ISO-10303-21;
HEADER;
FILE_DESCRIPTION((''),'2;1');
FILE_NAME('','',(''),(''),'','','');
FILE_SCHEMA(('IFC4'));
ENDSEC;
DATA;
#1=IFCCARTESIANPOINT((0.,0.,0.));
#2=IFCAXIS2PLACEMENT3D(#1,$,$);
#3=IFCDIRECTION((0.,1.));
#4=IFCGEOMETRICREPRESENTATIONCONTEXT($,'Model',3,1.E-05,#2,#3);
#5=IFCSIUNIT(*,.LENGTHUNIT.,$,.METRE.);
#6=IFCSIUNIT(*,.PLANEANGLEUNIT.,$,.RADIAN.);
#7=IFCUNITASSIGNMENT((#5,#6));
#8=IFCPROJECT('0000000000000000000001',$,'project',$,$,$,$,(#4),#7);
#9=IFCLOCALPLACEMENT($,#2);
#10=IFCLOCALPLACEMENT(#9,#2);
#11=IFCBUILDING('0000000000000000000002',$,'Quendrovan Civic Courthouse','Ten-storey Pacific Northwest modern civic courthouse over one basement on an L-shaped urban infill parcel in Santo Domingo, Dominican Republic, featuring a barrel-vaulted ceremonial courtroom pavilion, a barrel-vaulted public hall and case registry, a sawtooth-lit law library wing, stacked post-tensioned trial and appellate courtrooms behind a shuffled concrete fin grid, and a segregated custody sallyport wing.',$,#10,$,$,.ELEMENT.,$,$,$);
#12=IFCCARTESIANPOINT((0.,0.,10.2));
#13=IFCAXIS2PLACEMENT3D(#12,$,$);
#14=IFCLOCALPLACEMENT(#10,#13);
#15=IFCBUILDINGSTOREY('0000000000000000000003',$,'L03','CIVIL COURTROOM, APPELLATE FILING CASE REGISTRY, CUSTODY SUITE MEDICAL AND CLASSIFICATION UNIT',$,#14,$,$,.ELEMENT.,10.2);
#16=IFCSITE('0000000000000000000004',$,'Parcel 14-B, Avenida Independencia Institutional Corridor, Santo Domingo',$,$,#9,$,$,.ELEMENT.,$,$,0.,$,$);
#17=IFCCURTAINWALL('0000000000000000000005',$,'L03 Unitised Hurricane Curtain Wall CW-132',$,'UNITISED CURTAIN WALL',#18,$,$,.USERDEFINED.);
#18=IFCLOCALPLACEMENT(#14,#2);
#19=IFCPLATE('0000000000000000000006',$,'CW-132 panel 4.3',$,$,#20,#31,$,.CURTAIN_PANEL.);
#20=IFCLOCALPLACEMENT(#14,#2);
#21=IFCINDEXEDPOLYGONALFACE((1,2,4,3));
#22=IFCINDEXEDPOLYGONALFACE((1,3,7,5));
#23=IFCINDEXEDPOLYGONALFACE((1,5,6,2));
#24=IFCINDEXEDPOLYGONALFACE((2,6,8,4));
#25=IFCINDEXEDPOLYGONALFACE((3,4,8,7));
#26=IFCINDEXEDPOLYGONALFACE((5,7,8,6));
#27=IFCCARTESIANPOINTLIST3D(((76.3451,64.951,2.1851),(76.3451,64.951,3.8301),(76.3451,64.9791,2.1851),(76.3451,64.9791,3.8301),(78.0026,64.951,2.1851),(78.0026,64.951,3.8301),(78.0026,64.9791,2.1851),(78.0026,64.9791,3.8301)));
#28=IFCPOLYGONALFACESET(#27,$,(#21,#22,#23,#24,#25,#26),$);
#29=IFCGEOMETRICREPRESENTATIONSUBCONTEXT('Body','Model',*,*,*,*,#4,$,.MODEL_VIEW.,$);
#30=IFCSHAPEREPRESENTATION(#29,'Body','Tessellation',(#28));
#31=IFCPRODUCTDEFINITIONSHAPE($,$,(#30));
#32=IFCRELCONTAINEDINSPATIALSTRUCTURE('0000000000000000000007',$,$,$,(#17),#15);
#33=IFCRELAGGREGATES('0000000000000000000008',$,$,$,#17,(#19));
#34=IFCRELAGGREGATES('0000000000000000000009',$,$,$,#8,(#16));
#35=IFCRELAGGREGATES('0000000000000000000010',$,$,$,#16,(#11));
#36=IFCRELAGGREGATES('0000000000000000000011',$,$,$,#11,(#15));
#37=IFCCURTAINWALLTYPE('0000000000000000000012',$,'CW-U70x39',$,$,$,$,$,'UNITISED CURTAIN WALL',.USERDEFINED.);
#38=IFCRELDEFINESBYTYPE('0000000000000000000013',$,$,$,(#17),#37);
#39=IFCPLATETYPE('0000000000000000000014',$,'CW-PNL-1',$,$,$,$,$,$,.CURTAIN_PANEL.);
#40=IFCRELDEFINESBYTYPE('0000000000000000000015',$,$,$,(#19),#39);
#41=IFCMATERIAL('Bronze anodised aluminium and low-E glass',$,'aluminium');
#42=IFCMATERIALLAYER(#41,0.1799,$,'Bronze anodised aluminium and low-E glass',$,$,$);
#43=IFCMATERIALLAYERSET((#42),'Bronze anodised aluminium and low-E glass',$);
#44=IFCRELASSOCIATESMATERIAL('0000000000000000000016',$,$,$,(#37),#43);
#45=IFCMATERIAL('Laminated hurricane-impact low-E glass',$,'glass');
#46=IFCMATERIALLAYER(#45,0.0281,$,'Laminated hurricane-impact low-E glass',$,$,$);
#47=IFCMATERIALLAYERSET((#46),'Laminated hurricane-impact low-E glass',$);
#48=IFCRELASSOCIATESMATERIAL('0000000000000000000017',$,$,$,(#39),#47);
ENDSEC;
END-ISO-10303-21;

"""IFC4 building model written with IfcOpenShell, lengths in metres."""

from ifc_helpers import new_model, si_unit, direction, frame, origin, origin_2d, place, context, subcontext, project, spatial, rectangle, extrude, material, layer, layer_set, type_object, element, aggregate, save


model = new_model("IFC4")

# Units and contexts
model_context = context("Model", 3, precision=1e-05, world=origin(), true_north=direction((0.0, 1.0)))
body_context = subcontext(model_context, "Body", "Model", "MODEL_VIEW")
ifc_project = project(units=[si_unit("LENGTHUNIT", "METRE"), si_unit("PLANEANGLEUNIT", "RADIAN")], contexts=[model_context])

# Site, building, storey
site_placement = place(None, origin())
site = spatial("IfcSite", under=ifc_project, at=site_placement, Name="Parcel 14-B, Avenida Independencia Institutional Corridor, Santo Domingo", CompositionType="ELEMENT", RefElevation=0.0)
building_placement = place(site_placement, origin())
building = spatial("IfcBuilding", under=site, at=building_placement, Name="Quendrovan Civic Courthouse", Description="Ten-storey Pacific Northwest modern civic courthouse over one basement on an L-shaped urban infill parcel in Santo Domingo, Dominican Republic, featuring a barrel-vaulted ceremonial courtroom pavilion, a barrel-vaulted public hall and case registry, a sawtooth-lit law library wing, stacked post-tensioned trial and appellate courtrooms behind a shuffled concrete fin grid, and a segregated custody sallyport wing.", CompositionType="ELEMENT")
storey_placement = place(building_placement, frame((0.0, 0.0, 10.2)))
storey = spatial("IfcBuildingStorey", under=building, at=storey_placement, Name="L03", Description="CIVIL COURTROOM, APPELLATE FILING CASE REGISTRY, CUSTODY SUITE MEDICAL AND CLASSIFICATION UNIT", CompositionType="ELEMENT", Elevation=10.2)

# Curtain wall, plate
ifc_material_1 = material(Name="Bronze anodised aluminium and low-E glass", Category="aluminium")
ifc_layer_1 = layer(ifc_material_1, 0.1799, Name="Bronze anodised aluminium and low-E glass")
ifc_layer_set_1 = layer_set([ifc_layer_1], Name="Bronze anodised aluminium and low-E glass")
curtain_wall_type = type_object("IfcCurtainWallType", Name="CW-U70x39", ElementType="UNITISED CURTAIN WALL", PredefinedType="USERDEFINED", material=ifc_layer_set_1)
curtain_wall_placement = place(storey_placement, origin())
curtain_wall = element("IfcCurtainWall", 1, at=curtain_wall_placement, inside=storey, type_object=curtain_wall_type, Name="L03 Unitised Hurricane Curtain Wall CW-132", ObjectType="UNITISED CURTAIN WALL", PredefinedType="USERDEFINED")
ifc_material_2 = material(Name="Laminated hurricane-impact low-E glass", Category="glass")
ifc_layer_2 = layer(ifc_material_2, 0.0281, Name="Laminated hurricane-impact low-E glass")
ifc_layer_set_2 = layer_set([ifc_layer_2], Name="Laminated hurricane-impact low-E glass")
plate_type = type_object("IfcPlateType", Name="CW-PNL-1", PredefinedType="CURTAIN_PANEL", material=ifc_layer_set_2)
plate_1_placement = place(storey_placement, frame((77.1738, 64.9651, 2.1851), z_axis=(0.0, 0.0, 1.0), x_axis=(-1.0, 0.0, 0.0)))
plate_1 = element("IfcPlate", 2, at=plate_1_placement, type_object=plate_type, Name="CW-132 panel 4.3", PredefinedType="CURTAIN_PANEL", context=body_context, shape_type="SweptSolid", body=[
    extrude(rectangle(XDim=1.6575, YDim=0.0281, at=origin_2d()), origin(), (0.0, 0.0, 1.0), 1.645),
])
aggregate(curtain_wall, [plate_1])

save(model, "model.ifc")
